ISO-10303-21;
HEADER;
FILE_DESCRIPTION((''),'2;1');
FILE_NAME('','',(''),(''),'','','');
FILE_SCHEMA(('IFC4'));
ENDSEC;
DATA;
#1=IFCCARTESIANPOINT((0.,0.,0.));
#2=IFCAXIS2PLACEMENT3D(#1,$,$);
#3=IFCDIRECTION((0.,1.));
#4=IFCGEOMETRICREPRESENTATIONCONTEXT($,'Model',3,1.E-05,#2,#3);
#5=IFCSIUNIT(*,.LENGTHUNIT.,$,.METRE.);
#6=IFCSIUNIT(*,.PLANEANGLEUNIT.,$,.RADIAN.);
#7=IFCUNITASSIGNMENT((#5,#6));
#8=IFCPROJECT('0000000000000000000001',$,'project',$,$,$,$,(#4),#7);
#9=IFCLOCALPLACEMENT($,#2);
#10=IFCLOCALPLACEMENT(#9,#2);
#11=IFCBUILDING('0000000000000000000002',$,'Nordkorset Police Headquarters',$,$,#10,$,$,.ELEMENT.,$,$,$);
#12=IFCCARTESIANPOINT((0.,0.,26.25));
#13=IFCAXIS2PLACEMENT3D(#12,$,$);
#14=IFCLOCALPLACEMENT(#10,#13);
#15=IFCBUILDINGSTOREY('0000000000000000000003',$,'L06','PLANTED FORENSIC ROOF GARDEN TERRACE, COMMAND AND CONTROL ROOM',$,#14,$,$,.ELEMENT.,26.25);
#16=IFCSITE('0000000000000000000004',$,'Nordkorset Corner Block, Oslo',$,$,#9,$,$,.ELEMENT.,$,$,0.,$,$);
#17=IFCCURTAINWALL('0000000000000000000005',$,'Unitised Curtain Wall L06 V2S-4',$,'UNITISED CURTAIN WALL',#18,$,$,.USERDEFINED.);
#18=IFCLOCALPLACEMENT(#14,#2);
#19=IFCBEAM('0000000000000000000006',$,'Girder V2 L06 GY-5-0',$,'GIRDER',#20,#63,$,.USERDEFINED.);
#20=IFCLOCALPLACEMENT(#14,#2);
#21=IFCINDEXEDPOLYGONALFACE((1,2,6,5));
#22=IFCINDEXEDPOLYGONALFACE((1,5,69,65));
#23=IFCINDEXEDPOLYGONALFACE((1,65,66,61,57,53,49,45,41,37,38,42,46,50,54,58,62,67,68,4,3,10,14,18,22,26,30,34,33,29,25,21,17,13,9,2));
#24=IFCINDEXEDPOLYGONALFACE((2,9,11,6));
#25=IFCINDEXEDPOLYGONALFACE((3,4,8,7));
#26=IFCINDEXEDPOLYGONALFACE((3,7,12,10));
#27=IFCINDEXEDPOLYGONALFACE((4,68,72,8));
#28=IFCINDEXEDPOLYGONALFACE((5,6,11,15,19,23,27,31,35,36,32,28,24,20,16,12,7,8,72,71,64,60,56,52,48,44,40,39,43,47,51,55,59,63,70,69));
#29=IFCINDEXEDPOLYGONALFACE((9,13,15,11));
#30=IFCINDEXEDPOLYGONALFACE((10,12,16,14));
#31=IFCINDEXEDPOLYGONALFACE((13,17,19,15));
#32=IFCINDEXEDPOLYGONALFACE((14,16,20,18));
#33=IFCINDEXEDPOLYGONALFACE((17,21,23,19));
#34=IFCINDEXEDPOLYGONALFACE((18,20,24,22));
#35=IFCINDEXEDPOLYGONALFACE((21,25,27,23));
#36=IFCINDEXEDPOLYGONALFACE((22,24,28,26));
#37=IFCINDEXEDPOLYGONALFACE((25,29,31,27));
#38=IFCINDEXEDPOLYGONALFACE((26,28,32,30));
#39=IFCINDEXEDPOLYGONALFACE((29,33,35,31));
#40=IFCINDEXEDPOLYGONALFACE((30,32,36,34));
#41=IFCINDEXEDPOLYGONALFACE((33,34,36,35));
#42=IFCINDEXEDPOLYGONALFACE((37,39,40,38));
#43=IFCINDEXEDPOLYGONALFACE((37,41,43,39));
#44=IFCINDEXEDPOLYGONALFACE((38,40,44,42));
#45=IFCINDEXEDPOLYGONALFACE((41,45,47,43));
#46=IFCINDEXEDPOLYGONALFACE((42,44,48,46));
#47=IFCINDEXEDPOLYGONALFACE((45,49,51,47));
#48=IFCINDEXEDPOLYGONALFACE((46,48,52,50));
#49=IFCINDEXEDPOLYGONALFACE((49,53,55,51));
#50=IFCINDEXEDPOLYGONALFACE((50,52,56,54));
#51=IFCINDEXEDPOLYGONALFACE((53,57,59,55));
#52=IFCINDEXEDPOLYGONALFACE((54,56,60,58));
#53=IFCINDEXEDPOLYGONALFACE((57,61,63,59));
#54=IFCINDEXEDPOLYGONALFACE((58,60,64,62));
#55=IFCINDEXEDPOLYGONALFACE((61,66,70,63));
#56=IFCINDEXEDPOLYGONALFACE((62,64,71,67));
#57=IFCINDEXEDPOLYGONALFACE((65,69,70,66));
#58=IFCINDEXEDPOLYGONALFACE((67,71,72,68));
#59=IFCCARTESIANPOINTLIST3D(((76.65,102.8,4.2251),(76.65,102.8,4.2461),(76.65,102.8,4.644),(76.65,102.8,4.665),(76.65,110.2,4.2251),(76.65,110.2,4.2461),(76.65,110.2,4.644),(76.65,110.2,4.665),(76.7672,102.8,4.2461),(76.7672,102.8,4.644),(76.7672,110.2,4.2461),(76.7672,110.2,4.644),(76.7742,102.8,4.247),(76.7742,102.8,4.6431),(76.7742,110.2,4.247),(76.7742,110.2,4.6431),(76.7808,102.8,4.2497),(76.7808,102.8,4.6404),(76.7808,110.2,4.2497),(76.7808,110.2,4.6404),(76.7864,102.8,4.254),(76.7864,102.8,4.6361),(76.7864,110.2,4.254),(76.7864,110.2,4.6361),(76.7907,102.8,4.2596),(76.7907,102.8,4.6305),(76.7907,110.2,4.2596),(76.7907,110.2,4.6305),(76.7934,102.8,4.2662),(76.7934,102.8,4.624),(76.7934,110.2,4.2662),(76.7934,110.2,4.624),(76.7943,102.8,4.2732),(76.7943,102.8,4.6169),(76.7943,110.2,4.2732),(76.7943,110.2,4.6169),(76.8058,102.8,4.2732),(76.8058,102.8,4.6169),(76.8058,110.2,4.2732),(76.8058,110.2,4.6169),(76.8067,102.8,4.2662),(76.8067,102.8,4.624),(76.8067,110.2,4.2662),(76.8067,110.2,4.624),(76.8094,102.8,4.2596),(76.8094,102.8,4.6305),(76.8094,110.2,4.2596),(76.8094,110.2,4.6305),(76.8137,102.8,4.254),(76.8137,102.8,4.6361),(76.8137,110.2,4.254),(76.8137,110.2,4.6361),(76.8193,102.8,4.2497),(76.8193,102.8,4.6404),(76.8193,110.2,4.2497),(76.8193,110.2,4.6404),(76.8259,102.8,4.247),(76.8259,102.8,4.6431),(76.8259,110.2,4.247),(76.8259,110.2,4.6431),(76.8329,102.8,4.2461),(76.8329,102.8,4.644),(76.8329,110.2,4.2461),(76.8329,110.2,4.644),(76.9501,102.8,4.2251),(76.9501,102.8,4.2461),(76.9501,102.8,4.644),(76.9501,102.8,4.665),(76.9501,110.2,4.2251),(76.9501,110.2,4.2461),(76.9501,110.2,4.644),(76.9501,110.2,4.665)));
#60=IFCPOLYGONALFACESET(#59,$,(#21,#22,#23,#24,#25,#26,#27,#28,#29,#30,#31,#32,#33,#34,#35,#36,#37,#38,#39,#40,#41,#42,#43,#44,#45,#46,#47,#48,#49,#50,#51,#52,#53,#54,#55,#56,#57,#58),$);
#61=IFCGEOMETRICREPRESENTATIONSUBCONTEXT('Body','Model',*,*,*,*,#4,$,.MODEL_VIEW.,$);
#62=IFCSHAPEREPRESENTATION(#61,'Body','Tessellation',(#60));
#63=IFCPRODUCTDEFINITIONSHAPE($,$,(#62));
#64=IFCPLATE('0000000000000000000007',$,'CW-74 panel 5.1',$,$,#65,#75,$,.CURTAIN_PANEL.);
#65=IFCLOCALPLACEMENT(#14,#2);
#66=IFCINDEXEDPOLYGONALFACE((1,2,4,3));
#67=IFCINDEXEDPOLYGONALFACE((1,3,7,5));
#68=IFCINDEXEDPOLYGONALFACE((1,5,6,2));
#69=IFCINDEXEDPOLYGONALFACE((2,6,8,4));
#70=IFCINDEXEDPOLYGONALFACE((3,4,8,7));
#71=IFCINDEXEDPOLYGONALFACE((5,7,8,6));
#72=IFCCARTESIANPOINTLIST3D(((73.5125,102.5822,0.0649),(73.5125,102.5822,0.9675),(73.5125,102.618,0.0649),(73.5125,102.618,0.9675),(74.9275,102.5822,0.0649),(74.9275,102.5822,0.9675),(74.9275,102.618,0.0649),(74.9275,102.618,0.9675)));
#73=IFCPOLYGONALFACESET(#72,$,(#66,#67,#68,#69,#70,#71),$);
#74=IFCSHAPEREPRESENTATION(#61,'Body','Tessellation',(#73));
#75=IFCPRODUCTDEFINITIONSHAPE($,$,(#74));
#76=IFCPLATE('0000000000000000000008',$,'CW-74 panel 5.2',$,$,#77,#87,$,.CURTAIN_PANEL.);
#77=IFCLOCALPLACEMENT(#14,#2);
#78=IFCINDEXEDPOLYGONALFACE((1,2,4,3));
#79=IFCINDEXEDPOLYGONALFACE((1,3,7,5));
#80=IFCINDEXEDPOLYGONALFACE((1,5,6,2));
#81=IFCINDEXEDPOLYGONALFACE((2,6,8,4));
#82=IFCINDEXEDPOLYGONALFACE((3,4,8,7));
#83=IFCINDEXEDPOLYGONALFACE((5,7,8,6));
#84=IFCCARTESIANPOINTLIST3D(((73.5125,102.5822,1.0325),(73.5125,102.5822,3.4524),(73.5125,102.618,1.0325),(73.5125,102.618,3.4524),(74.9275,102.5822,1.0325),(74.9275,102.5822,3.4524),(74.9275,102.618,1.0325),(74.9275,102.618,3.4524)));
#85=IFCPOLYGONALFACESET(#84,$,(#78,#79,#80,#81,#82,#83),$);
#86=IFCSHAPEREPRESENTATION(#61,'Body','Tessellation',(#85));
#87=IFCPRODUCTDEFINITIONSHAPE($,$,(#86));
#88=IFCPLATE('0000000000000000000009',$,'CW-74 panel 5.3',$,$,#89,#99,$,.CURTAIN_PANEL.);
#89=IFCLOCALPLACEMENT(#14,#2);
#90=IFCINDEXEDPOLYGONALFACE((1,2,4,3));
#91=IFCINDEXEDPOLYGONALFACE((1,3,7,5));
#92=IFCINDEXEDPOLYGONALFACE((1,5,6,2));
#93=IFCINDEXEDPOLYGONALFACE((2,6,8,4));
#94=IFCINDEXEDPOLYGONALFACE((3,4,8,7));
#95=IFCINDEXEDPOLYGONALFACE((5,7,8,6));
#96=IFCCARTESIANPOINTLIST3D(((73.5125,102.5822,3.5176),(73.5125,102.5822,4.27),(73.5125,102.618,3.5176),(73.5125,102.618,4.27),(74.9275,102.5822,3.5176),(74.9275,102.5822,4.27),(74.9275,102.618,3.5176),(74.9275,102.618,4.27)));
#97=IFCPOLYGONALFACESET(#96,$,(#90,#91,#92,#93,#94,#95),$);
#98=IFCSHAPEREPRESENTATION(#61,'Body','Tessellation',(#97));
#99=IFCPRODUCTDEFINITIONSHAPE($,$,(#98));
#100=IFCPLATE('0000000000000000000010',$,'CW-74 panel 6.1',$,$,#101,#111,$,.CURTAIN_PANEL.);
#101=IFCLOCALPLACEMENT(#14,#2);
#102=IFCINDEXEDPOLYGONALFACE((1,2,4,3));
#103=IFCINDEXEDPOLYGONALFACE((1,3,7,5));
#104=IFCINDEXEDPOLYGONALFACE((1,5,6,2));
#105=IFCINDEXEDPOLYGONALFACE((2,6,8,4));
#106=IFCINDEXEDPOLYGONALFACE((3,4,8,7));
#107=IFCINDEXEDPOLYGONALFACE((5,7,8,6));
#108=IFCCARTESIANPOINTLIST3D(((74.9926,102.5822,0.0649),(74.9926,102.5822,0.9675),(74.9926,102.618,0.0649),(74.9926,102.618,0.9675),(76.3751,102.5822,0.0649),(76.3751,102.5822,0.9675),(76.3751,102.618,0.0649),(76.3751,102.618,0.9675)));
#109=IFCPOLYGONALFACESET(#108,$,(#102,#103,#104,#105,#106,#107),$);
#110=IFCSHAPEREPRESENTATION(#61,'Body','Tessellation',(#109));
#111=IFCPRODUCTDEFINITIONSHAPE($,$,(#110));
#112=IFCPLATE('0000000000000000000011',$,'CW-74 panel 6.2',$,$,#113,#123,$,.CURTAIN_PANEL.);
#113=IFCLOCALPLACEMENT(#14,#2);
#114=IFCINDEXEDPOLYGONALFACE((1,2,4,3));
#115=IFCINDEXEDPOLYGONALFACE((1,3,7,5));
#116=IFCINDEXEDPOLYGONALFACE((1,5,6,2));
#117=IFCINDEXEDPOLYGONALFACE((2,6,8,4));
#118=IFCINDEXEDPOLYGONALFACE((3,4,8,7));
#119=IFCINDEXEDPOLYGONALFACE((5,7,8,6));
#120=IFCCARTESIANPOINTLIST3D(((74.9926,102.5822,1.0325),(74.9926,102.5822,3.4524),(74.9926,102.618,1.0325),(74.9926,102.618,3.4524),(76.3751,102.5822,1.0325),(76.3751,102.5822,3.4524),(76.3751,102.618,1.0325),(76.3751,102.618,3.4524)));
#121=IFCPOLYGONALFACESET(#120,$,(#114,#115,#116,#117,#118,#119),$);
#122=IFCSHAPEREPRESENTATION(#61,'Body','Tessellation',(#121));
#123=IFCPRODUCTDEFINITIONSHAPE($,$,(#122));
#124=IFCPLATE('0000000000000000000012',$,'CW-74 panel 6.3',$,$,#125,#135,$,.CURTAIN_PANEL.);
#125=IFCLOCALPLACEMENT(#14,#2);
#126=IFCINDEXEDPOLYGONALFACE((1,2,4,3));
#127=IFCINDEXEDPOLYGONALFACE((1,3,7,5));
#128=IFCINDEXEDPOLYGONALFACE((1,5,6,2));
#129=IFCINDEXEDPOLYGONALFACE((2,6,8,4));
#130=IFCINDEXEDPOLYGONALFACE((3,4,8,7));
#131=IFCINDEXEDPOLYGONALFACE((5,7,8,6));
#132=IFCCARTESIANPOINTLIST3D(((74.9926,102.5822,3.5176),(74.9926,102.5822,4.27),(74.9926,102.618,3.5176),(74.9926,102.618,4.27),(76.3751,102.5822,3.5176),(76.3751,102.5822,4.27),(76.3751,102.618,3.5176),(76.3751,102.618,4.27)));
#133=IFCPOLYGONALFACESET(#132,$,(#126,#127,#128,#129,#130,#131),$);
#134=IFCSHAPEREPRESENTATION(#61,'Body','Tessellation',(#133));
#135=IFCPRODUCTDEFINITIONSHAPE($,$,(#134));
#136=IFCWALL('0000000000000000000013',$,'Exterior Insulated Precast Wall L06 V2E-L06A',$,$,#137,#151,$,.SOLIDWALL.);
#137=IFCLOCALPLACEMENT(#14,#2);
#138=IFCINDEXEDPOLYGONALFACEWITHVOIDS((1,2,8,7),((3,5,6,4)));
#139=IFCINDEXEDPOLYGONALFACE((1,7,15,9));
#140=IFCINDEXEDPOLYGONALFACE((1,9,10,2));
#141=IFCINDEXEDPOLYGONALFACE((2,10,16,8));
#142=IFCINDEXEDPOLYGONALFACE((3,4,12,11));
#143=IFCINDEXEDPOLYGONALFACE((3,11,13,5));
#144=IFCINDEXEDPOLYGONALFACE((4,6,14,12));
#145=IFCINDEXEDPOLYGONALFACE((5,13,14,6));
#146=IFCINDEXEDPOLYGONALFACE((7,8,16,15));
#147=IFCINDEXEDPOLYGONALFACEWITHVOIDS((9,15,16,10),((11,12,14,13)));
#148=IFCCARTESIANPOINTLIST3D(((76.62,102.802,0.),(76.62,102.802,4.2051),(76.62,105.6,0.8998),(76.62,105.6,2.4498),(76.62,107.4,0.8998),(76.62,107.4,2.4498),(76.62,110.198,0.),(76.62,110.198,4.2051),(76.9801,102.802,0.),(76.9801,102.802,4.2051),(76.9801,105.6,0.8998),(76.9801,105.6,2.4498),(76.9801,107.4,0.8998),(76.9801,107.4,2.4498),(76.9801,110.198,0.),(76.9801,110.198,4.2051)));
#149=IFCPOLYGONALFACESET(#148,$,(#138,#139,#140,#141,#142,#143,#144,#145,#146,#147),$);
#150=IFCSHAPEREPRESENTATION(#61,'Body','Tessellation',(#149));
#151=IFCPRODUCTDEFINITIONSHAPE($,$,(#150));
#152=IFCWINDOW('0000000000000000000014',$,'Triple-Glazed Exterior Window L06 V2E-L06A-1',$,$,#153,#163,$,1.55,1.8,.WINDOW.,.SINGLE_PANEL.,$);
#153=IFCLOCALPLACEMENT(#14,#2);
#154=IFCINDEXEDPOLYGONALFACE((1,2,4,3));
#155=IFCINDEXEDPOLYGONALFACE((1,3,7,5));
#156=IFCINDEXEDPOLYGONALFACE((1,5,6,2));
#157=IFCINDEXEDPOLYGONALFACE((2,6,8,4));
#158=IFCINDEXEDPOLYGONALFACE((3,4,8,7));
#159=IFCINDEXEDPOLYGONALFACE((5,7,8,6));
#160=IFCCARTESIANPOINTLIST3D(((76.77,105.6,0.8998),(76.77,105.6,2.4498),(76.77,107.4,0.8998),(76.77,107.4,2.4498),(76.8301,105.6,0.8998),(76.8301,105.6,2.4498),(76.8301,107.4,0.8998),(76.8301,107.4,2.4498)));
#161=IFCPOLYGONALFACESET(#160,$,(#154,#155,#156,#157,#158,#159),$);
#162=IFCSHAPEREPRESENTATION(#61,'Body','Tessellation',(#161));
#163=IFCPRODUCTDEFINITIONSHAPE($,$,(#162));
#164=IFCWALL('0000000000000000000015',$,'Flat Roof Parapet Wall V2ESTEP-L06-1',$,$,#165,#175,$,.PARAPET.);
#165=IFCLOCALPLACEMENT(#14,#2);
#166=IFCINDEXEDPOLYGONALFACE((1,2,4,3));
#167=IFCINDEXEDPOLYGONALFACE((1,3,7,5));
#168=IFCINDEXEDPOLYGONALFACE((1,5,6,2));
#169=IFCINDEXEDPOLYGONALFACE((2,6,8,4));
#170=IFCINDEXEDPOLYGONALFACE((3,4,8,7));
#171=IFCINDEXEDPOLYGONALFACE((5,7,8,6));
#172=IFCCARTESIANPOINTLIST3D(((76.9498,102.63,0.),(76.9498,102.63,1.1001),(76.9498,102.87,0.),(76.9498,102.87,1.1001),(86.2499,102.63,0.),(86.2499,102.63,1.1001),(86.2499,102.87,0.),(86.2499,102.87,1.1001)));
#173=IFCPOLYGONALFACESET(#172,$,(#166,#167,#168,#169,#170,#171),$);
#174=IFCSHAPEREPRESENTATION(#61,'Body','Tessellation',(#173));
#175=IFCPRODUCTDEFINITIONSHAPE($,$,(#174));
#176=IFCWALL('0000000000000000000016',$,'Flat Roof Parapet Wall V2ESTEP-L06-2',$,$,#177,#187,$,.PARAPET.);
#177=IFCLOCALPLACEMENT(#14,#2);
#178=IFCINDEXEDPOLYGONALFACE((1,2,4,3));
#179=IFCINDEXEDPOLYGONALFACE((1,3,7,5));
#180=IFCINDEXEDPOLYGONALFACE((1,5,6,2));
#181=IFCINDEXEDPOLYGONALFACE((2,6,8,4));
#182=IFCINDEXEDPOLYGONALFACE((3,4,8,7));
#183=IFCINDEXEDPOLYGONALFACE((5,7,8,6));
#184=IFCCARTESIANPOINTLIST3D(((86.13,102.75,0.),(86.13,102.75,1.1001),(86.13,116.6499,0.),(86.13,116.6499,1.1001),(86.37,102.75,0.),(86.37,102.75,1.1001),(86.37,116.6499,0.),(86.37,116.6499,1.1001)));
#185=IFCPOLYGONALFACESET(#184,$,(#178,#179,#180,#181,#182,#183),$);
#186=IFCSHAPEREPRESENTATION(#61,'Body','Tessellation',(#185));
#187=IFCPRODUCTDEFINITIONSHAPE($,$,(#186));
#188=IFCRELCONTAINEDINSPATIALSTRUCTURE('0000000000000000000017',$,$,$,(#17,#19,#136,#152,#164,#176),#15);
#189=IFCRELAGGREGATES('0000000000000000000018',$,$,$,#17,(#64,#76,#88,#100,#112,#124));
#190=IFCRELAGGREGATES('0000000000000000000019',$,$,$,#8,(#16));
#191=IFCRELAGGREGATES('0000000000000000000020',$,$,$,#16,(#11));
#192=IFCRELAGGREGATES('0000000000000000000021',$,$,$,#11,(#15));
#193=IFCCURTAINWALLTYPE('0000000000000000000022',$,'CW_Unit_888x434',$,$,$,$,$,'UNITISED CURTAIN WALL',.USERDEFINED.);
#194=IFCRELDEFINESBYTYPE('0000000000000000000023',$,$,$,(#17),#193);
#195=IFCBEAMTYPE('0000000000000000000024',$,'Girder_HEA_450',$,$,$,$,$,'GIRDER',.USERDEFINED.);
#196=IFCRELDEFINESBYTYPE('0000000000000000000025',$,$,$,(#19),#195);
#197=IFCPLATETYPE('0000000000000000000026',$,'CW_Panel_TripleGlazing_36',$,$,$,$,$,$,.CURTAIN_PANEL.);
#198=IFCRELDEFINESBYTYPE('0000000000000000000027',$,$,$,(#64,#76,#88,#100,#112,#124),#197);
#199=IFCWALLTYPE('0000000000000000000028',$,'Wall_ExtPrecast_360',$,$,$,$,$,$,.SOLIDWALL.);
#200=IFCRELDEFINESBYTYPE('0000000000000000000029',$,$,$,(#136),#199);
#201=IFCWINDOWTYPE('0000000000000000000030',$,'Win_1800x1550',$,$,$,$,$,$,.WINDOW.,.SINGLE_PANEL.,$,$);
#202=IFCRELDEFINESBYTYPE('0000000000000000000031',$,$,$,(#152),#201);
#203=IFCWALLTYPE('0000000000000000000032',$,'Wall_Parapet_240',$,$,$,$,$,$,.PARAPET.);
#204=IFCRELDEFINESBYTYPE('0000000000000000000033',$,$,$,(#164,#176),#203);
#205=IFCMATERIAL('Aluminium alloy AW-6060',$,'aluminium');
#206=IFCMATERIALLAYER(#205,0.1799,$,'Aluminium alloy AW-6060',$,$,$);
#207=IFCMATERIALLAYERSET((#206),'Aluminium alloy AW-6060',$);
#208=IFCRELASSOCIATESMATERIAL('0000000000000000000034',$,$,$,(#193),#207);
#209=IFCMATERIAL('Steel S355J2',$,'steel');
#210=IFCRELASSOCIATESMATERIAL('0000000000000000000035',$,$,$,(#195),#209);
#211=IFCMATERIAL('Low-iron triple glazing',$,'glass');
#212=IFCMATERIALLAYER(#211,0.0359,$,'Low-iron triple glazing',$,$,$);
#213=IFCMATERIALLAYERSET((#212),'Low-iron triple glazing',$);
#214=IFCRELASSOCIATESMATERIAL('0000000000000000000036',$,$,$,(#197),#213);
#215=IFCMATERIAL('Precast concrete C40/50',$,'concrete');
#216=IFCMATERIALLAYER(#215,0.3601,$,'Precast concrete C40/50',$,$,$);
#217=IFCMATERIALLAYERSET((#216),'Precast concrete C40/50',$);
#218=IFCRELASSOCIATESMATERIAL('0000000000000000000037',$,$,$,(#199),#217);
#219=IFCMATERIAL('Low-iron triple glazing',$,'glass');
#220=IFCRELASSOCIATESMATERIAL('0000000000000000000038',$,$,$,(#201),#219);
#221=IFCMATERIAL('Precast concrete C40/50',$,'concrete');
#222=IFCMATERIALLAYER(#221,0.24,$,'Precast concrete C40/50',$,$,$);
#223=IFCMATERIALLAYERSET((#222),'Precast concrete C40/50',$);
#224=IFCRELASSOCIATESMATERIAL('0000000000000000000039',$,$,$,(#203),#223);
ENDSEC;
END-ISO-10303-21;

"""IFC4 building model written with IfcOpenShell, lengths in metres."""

from ifc_helpers import new_model, si_unit, direction, frame, frame_2d, origin, origin_2d, place, context, subcontext, project, spatial, rectangle, i_section, extrude, material, layer, layer_set, material_profile, profile_set, type_object, element, fill, aggregate, save


model = new_model("IFC4")

# Units and contexts
model_context = context("Model", 3, precision=1e-05, world=origin(), true_north=direction((0.0, 1.0)))
body_context = subcontext(model_context, "Body", "Model", "MODEL_VIEW")
ifc_project = project(units=[si_unit("LENGTHUNIT", "METRE"), si_unit("PLANEANGLEUNIT", "RADIAN")], contexts=[model_context])

# Site, building, storey
site_placement = place(None, origin())
site = spatial("IfcSite", under=ifc_project, at=site_placement, Name="Nordkorset Corner Block, Oslo", CompositionType="ELEMENT", RefElevation=0.0)
building_placement = place(site_placement, origin())
building = spatial("IfcBuilding", under=site, at=building_placement, Name="Nordkorset Police Headquarters", CompositionType="ELEMENT")
storey_placement = place(building_placement, frame((0.0, 0.0, 26.25)))
storey = spatial("IfcBuildingStorey", under=building, at=storey_placement, Name="L06", Description="PLANTED FORENSIC ROOF GARDEN TERRACE, COMMAND AND CONTROL ROOM", CompositionType="ELEMENT", Elevation=26.25)

# Curtain wall
ifc_material_1 = material(Name="Aluminium alloy AW-6060", Category="aluminium")
ifc_layer_1 = layer(ifc_material_1, 0.1799, Name="Aluminium alloy AW-6060")
ifc_layer_set_1 = layer_set([ifc_layer_1], Name="Aluminium alloy AW-6060")
curtain_wall_type = type_object("IfcCurtainWallType", Name="CW_Unit_888x434", ElementType="UNITISED CURTAIN WALL", PredefinedType="USERDEFINED", material=ifc_layer_set_1)
curtain_wall_placement = place(storey_placement, origin())
curtain_wall = element("IfcCurtainWall", 1, at=curtain_wall_placement, inside=storey, type_object=curtain_wall_type, Name="Unitised Curtain Wall L06 V2S-4", ObjectType="UNITISED CURTAIN WALL", PredefinedType="USERDEFINED")

# Beam
ifc_material_2 = material(Name="Steel S355J2", Category="steel")
ifc_material_profile_1 = material_profile(ifc_material_2, i_section(OverallWidth=0.3, OverallDepth=0.4399, WebThickness=0.0115, FlangeThickness=0.021, FilletRadius=0.0271, at=origin_2d()), Name="HEA 450")
ifc_profile_set_1 = profile_set([ifc_material_profile_1], Name="Steel S355J2")
beam_type = type_object("IfcBeamType", Name="Girder_HEA_450", ElementType="GIRDER", PredefinedType="USERDEFINED", material=ifc_profile_set_1)
beam_placement = place(storey_placement, frame((76.8, 102.8, 4.4451), z_axis=(0.0, 1.0, 0.0), x_axis=(-1.0, 0.0, 0.0)))
element("IfcBeam", 2, at=beam_placement, inside=storey, type_object=beam_type, Name="Girder V2 L06 GY-5-0", ObjectType="GIRDER", PredefinedType="USERDEFINED", context=body_context, shape_type="SweptSolid", body=[
    extrude(i_section(OverallWidth=0.3, OverallDepth=0.4399, WebThickness=0.0115, FlangeThickness=0.021, FilletRadius=0.0271, at=origin_2d()), origin(), (0.0, 0.0, 1.0), 7.3999),
])

# Plates
ifc_material_3 = material(Name="Low-iron triple glazing", Category="glass")
ifc_layer_2 = layer(ifc_material_3, 0.0359, Name="Low-iron triple glazing")
ifc_layer_set_2 = layer_set([ifc_layer_2], Name="Low-iron triple glazing")
plate_type = type_object("IfcPlateType", Name="CW_Panel_TripleGlazing_36", PredefinedType="CURTAIN_PANEL", material=ifc_layer_set_2)
plate_1_placement = place(storey_placement, frame((74.22, 102.6001, 0.0649), z_axis=(0.0, 0.0, 1.0), x_axis=(1.0, 0.0, 0.0)))
plate_1 = element("IfcPlate", 3, at=plate_1_placement, type_object=plate_type, Name="CW-74 panel 5.1", PredefinedType="CURTAIN_PANEL", context=body_context, shape_type="SweptSolid", body=[
    extrude(rectangle(XDim=1.415, YDim=0.0359, at=origin_2d()), origin(), (0.0, 0.0, 1.0), 0.9026),
])
plate_2_placement = place(storey_placement, frame((74.22, 102.6001, 1.0325), z_axis=(0.0, 0.0, 1.0), x_axis=(1.0, 0.0, 0.0)))
plate_2 = element("IfcPlate", 4, at=plate_2_placement, type_object=plate_type, Name="CW-74 panel 5.2", PredefinedType="CURTAIN_PANEL", context=body_context, shape_type="SweptSolid", body=[
    extrude(rectangle(XDim=1.415, YDim=0.0359, at=origin_2d()), origin(), (0.0, 0.0, 1.0), 2.4199),
])
plate_3_placement = place(storey_placement, frame((74.22, 102.6001, 3.5176), z_axis=(0.0, 0.0, 1.0), x_axis=(1.0, 0.0, 0.0)))
plate_3 = element("IfcPlate", 5, at=plate_3_placement, type_object=plate_type, Name="CW-74 panel 5.3", PredefinedType="CURTAIN_PANEL", context=body_context, shape_type="SweptSolid", body=[
    extrude(rectangle(XDim=1.415, YDim=0.0359, at=origin_2d()), origin(), (0.0, 0.0, 1.0), 0.7524),
])
plate_4_placement = place(storey_placement, frame((75.6838, 102.6001, 0.0649), z_axis=(0.0, 0.0, 1.0), x_axis=(1.0, 0.0, 0.0)))
plate_4 = element("IfcPlate", 6, at=plate_4_placement, type_object=plate_type, Name="CW-74 panel 6.1", PredefinedType="CURTAIN_PANEL", context=body_context, shape_type="SweptSolid", body=[
    extrude(rectangle(XDim=1.3826, YDim=0.0359, at=origin_2d()), origin(), (0.0, 0.0, 1.0), 0.9026),
])
plate_5_placement = place(storey_placement, frame((75.6838, 102.6001, 1.0325), z_axis=(0.0, 0.0, 1.0), x_axis=(1.0, 0.0, 0.0)))
plate_5 = element("IfcPlate", 7, at=plate_5_placement, type_object=plate_type, Name="CW-74 panel 6.2", PredefinedType="CURTAIN_PANEL", context=body_context, shape_type="SweptSolid", body=[
    extrude(rectangle(XDim=1.3826, YDim=0.0359, at=origin_2d()), origin(), (0.0, 0.0, 1.0), 2.4199),
])
plate_6_placement = place(storey_placement, frame((75.6838, 102.6001, 3.5176), z_axis=(0.0, 0.0, 1.0), x_axis=(1.0, 0.0, 0.0)))
plate_6 = element("IfcPlate", 8, at=plate_6_placement, type_object=plate_type, Name="CW-74 panel 6.3", PredefinedType="CURTAIN_PANEL", context=body_context, shape_type="SweptSolid", body=[
    extrude(rectangle(XDim=1.3826, YDim=0.0359, at=origin_2d()), origin(), (0.0, 0.0, 1.0), 0.7524),
])
aggregate(curtain_wall, [plate_1, plate_2, plate_3, plate_4, plate_5, plate_6])

# Wall, opening, window
ifc_material_4 = material(Name="Precast concrete C40/50", Category="concrete")
ifc_layer_3 = layer(ifc_material_4, 0.3601, Name="Precast concrete C40/50")
ifc_layer_set_3 = layer_set([ifc_layer_3], Name="Precast concrete C40/50")
wall_type_1 = type_object("IfcWallType", Name="Wall_ExtPrecast_360", PredefinedType="SOLIDWALL", material=ifc_layer_set_3)
wall_1_placement = place(storey_placement, frame((76.8, 102.802, 0.0), z_axis=(0.0, 0.0, 1.0), x_axis=(0.0, 1.0, 0.0)))
wall_1 = element("IfcWall", 9, at=wall_1_placement, inside=storey, type_object=wall_type_1, Name="Exterior Insulated Precast Wall L06 V2E-L06A", PredefinedType="SOLIDWALL", context=body_context, shape_type="SweptSolid", body=[
    extrude(rectangle(XDim=7.396, YDim=0.3601, at=frame_2d((3.698, 0.0))), origin(), (0.0, 0.0, 1.0), 4.2051),
])
opening_placement = place(wall_1_placement, frame((2.7981, 0.0, 0.8999)))
opening = element("IfcOpeningElement", 10, at=opening_placement, cuts=wall_1, PredefinedType="OPENING", context=body_context, shape_type="SweptSolid", body=[
    extrude(rectangle(XDim=1.8, YDim=1.55, at=frame_2d((0.8999, 0.7749))), frame((0.0, 0.1899, 0.0), z_axis=(0.0, -1.0, 0.0), x_axis=(1.0, 0.0, 0.0)), (0.0, 0.0, 1.0), 0.3801),
])
ifc_material_5 = material(Name="Low-iron triple glazing", Category="glass")
window_type = type_object("IfcWindowType", Name="Win_1800x1550", PartitioningType="SINGLE_PANEL", PredefinedType="WINDOW", material=ifc_material_5)
window_placement = place(opening_placement, origin())
window = element("IfcWindow", 11, at=window_placement, inside=storey, type_object=window_type, Name="Triple-Glazed Exterior Window L06 V2E-L06A-1", OverallHeight=1.55, OverallWidth=1.8, PartitioningType="SINGLE_PANEL", PredefinedType="WINDOW", context=body_context, shape_type="SweptSolid", body=[
    extrude(rectangle(XDim=1.8, YDim=1.55, at=frame_2d((0.8999, 0.7749))), frame((0.0, 0.03, 0.0), z_axis=(0.0, -1.0, 0.0), x_axis=(1.0, 0.0, 0.0)), (0.0, 0.0, 1.0), 0.0601),
])
fill(opening, window)

# Walls
ifc_material_6 = material(Name="Precast concrete C40/50", Category="concrete")
ifc_layer_4 = layer(ifc_material_6, 0.24, Name="Precast concrete C40/50")
ifc_layer_set_4 = layer_set([ifc_layer_4], Name="Precast concrete C40/50")
wall_type_2 = type_object("IfcWallType", Name="Wall_Parapet_240", PredefinedType="PARAPET", material=ifc_layer_set_4)
wall_2_placement = place(storey_placement, frame((76.95, 102.75, 0.0), z_axis=(0.0, 0.0, 1.0), x_axis=(1.0, 0.0, 0.0)))
element("IfcWall", 12, at=wall_2_placement, inside=storey, type_object=wall_type_2, Name="Flat Roof Parapet Wall V2ESTEP-L06-1", PredefinedType="PARAPET", context=body_context, shape_type="SweptSolid", body=[
    extrude(rectangle(XDim=9.3, YDim=0.24, at=frame_2d((4.6499, 0.0))), origin(), (0.0, 0.0, 1.0), 1.1001),
])
wall_3_placement = place(storey_placement, frame((86.25, 102.75, 0.0), z_axis=(0.0, 0.0, 1.0), x_axis=(0.0, 1.0, 0.0)))
element("IfcWall", 13, at=wall_3_placement, inside=storey, type_object=wall_type_2, Name="Flat Roof Parapet Wall V2ESTEP-L06-2", PredefinedType="PARAPET", context=body_context, shape_type="SweptSolid", body=[
    extrude(rectangle(XDim=13.8999, YDim=0.24, at=frame_2d((6.95, 0.0))), origin(), (0.0, 0.0, 1.0), 1.1001),
])

save(model, "model.ifc")
